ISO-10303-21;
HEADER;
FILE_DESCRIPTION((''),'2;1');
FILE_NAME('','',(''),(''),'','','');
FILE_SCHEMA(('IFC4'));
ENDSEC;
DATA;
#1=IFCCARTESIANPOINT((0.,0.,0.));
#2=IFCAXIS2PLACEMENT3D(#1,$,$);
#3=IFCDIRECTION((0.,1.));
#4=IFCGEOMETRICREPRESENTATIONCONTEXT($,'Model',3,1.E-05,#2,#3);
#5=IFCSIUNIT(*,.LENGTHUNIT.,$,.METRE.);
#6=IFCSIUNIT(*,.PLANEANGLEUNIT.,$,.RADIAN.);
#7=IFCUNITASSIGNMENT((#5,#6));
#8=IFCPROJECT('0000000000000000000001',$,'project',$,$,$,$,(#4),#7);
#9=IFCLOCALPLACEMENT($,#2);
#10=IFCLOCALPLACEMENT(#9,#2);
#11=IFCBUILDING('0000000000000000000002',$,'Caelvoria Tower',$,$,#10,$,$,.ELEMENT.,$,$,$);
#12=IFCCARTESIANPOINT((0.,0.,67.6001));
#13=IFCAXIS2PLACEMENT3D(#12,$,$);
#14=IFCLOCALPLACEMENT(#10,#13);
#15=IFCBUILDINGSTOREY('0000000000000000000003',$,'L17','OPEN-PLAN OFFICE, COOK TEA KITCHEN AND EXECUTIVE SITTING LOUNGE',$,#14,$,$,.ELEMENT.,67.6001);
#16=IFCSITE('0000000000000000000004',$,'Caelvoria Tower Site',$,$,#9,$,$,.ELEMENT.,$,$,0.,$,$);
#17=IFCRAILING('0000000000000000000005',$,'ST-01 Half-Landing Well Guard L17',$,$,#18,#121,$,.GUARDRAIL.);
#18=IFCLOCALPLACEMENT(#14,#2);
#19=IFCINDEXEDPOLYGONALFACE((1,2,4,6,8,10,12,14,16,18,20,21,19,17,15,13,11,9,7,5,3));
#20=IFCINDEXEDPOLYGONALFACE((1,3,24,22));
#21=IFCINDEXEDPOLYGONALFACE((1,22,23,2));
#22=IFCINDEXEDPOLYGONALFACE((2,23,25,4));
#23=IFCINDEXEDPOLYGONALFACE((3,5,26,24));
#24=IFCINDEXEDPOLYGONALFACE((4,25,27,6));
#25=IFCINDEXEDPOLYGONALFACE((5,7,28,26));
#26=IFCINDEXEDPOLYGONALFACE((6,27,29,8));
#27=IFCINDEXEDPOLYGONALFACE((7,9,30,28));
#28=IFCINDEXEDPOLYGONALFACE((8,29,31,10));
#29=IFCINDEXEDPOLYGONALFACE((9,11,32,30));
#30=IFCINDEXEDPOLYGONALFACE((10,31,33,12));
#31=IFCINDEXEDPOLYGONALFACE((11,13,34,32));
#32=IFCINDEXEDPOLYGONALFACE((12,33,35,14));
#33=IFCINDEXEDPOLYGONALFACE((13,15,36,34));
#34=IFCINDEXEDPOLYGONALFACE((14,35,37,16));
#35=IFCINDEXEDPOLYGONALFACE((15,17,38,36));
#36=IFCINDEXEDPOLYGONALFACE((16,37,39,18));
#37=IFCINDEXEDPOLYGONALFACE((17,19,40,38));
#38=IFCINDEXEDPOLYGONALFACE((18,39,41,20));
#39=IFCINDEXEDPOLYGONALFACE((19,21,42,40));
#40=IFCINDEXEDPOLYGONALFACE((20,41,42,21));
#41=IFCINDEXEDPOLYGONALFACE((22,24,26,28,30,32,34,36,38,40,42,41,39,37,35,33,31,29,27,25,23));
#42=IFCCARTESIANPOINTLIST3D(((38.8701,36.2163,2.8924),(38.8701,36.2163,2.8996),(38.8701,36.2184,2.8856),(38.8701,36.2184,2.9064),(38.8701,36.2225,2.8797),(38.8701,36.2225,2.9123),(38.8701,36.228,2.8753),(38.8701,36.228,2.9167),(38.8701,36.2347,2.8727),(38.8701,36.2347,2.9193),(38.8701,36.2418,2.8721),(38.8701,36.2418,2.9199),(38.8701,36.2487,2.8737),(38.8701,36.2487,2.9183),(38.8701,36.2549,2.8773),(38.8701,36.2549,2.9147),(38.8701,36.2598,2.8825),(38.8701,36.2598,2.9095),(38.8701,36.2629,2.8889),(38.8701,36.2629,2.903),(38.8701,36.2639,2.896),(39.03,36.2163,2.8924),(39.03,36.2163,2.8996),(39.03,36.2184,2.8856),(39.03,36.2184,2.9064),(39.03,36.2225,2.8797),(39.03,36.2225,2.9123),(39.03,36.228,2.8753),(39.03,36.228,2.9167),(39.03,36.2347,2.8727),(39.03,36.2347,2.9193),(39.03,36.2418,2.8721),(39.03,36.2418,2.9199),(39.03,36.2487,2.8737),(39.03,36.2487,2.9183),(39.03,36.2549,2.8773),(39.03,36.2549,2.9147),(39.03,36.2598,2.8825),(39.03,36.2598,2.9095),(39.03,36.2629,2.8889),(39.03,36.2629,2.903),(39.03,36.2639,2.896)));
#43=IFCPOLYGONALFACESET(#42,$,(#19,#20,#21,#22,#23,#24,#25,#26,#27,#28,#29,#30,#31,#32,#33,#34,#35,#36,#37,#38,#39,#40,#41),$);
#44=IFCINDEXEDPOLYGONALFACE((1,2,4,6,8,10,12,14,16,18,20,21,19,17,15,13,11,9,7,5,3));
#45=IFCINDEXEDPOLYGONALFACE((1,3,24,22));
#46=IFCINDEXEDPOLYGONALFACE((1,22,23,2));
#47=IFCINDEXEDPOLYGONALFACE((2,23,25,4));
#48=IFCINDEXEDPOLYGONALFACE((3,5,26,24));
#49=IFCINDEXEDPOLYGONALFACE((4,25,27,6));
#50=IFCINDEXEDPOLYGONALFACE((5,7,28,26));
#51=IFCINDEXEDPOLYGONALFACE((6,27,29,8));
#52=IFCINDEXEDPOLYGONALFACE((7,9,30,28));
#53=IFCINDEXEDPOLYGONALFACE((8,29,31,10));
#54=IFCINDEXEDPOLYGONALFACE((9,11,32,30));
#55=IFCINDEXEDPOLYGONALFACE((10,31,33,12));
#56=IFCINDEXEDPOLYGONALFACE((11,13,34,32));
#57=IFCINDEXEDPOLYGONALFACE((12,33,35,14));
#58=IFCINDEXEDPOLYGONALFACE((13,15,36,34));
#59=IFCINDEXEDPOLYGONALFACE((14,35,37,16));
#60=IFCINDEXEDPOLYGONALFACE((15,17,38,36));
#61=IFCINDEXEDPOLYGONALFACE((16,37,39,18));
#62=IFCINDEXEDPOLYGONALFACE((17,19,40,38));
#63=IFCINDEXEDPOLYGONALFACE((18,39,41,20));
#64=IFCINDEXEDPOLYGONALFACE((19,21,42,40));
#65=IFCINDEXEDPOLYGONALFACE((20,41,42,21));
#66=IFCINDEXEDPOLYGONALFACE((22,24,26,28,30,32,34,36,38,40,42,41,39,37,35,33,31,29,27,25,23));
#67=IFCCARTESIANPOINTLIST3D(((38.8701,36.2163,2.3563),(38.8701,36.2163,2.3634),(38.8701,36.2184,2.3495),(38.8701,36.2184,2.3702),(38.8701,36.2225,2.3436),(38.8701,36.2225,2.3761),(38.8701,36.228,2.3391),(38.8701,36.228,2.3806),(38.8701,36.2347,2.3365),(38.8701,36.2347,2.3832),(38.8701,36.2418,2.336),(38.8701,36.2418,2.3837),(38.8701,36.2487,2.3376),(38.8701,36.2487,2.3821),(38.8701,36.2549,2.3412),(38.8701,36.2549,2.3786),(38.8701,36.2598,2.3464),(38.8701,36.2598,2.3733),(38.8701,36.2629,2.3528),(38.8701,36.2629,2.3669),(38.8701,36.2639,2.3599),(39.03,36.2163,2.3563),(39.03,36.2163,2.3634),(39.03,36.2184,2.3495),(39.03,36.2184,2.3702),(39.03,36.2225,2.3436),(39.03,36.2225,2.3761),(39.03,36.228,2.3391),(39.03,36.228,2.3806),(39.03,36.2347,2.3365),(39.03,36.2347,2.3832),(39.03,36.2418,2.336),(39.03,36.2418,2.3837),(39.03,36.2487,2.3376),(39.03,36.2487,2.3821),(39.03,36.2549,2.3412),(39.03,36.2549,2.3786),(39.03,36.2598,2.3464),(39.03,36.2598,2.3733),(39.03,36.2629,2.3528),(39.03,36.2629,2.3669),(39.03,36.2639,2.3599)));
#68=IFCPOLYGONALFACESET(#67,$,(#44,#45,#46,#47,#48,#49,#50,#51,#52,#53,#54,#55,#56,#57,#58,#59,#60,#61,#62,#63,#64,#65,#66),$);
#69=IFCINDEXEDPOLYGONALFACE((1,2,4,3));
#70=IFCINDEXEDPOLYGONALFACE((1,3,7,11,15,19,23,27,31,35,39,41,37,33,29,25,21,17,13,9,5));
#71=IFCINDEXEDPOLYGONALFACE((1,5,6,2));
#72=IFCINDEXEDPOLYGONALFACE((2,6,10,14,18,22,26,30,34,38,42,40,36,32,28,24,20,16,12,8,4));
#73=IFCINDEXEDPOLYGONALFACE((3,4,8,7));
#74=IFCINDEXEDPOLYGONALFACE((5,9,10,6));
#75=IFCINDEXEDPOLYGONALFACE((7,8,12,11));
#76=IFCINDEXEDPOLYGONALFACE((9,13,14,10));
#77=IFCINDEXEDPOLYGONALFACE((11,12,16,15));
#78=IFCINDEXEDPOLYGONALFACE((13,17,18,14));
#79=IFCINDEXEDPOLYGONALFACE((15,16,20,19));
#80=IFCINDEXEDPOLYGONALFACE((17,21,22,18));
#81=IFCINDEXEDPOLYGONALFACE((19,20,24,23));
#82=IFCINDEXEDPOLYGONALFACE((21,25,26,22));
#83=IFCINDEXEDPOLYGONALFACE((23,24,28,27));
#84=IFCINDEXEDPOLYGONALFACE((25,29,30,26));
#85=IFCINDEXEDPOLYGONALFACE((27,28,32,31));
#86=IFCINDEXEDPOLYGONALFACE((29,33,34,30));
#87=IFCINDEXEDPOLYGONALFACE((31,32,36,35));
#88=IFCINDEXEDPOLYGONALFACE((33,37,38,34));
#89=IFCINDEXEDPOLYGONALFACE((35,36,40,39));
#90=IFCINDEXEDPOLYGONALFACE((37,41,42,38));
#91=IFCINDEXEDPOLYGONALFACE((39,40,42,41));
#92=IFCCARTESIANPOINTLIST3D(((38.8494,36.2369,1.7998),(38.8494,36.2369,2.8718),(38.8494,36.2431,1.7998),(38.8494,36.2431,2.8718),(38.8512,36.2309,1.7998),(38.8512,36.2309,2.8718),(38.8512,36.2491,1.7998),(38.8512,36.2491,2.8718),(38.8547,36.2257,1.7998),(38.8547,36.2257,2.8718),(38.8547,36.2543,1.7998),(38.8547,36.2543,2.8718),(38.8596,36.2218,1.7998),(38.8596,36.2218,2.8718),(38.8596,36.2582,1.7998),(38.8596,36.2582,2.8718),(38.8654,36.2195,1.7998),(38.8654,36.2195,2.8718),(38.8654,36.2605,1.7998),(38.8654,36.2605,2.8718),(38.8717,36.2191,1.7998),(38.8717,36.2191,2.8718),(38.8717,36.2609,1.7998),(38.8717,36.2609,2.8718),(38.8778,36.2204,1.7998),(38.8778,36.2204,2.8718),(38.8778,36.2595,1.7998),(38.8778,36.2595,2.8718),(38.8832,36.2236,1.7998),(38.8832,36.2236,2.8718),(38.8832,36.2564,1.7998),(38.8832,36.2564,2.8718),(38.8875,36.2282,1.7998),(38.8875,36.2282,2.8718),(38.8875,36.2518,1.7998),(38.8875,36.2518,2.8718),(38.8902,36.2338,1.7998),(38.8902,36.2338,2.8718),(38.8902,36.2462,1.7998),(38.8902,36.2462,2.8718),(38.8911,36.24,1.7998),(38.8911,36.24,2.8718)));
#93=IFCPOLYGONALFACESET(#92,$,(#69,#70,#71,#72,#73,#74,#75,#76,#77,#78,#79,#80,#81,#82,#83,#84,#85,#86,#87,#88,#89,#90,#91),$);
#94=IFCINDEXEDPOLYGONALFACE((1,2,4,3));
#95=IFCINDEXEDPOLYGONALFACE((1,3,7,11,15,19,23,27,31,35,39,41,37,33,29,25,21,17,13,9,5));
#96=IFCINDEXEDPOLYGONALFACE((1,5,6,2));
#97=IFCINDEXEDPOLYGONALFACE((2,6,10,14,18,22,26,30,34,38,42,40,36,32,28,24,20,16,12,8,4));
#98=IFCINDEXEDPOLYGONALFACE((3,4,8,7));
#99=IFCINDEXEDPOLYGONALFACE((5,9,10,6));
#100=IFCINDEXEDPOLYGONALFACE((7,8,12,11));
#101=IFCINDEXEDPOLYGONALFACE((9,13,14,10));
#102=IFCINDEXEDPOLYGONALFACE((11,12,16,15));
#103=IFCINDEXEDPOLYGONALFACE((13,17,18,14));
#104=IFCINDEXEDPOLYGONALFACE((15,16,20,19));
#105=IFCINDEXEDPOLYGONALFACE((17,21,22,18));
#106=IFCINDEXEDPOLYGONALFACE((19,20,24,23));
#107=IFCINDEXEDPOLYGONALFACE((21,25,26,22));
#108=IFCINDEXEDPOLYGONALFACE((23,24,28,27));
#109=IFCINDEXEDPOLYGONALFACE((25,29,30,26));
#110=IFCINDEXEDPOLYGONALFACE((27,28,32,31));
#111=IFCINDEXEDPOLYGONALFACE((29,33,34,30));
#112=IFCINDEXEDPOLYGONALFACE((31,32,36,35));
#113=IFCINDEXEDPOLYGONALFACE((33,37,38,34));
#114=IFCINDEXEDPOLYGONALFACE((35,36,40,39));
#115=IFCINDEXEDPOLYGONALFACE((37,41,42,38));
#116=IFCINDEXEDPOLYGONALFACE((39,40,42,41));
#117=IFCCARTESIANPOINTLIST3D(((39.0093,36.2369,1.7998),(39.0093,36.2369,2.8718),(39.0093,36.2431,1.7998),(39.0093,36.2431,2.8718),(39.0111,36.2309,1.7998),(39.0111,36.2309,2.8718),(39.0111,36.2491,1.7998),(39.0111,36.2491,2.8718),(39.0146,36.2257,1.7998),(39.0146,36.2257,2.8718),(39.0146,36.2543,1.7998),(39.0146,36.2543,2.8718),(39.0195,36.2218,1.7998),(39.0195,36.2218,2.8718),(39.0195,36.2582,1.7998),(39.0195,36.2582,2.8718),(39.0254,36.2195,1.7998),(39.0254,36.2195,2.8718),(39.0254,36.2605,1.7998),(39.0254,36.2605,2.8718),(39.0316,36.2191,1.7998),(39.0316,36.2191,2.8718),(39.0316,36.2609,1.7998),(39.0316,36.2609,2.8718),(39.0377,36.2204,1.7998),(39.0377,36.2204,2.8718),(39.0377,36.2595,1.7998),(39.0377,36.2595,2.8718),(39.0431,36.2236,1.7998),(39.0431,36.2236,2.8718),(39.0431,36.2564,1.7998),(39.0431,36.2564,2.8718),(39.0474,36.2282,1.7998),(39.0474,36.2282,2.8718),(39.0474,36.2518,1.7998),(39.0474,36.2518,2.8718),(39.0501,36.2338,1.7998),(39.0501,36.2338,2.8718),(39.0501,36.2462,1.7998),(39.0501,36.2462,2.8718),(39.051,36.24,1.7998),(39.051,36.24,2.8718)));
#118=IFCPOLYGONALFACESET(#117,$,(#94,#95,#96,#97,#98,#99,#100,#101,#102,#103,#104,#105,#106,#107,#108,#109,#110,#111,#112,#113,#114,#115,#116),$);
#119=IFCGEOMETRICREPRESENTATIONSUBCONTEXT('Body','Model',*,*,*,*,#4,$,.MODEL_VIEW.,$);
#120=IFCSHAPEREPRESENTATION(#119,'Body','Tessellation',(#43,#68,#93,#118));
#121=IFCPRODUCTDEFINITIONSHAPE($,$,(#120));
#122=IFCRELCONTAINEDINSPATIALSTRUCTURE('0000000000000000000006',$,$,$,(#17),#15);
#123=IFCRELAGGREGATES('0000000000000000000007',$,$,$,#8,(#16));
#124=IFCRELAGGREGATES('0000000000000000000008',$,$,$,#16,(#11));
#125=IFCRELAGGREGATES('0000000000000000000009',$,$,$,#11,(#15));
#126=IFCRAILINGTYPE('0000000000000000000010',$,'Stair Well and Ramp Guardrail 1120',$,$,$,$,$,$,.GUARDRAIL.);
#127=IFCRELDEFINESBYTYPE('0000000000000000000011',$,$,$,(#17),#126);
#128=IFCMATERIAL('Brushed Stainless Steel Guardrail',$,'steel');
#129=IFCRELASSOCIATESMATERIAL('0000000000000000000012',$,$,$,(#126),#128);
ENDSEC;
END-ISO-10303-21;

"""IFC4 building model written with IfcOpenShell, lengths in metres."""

from ifc_helpers import new_model, si_unit, direction, frame, origin, origin_2d, place, context, subcontext, project, spatial, circle, extrude, material, type_object, element, save


model = new_model("IFC4")

# Units and contexts
model_context = context("Model", 3, precision=1e-05, world=origin(), true_north=direction((0.0, 1.0)))
body_context = subcontext(model_context, "Body", "Model", "MODEL_VIEW")
ifc_project = project(units=[si_unit("LENGTHUNIT", "METRE"), si_unit("PLANEANGLEUNIT", "RADIAN")], contexts=[model_context])

# Site, building, storey
site_placement = place(None, origin())
site = spatial("IfcSite", under=ifc_project, at=site_placement, Name="Caelvoria Tower Site", CompositionType="ELEMENT", RefElevation=0.0)
building_placement = place(site_placement, origin())
building = spatial("IfcBuilding", under=site, at=building_placement, Name="Caelvoria Tower", CompositionType="ELEMENT")
storey_placement = place(building_placement, frame((0.0, 0.0, 67.6001)))
storey = spatial("IfcBuildingStorey", under=building, at=storey_placement, Name="L17", Description="OPEN-PLAN OFFICE, COOK TEA KITCHEN AND EXECUTIVE SITTING LOUNGE", CompositionType="ELEMENT", Elevation=67.6001)

# Railing
ifc_material_1 = material(Name="Brushed Stainless Steel Guardrail", Category="steel")
railing_type_1 = type_object("IfcRailingType", Name="Stair Well and Ramp Guardrail 1120", PredefinedType="GUARDRAIL", material=ifc_material_1)
railing_1_placement = place(storey_placement, frame((38.8701, 36.24, 1.7998)))
element("IfcRailing", 1, at=railing_1_placement, inside=storey, type_object=railing_type_1, Name="ST-01 Half-Landing Well Guard L17", PredefinedType="GUARDRAIL", context=body_context, shape_type="SweptSolid", body=[
    extrude(circle(Radius=0.0239, at=origin_2d()), frame((0.0, 0.0, 1.0962), z_axis=(1.0, 0.0, 0.0), x_axis=(0.0, 1.0, 0.0)), (0.0, 0.0, 1.0), 0.1599),
    extrude(circle(Radius=0.0239, at=origin_2d()), frame((0.0, 0.0, 0.5601), z_axis=(1.0, 0.0, 0.0), x_axis=(0.0, 1.0, 0.0)), (0.0, 0.0, 1.0), 0.1599),
    extrude(circle(Radius=0.021, at=origin_2d()), origin(), (0.0, 0.0, 1.0), 1.072),
    extrude(circle(Radius=0.021, at=origin_2d()), frame((0.1599, 0.0, 0.0)), (0.0, 0.0, 1.0), 1.072),
])

save(model, "model.ifc")
